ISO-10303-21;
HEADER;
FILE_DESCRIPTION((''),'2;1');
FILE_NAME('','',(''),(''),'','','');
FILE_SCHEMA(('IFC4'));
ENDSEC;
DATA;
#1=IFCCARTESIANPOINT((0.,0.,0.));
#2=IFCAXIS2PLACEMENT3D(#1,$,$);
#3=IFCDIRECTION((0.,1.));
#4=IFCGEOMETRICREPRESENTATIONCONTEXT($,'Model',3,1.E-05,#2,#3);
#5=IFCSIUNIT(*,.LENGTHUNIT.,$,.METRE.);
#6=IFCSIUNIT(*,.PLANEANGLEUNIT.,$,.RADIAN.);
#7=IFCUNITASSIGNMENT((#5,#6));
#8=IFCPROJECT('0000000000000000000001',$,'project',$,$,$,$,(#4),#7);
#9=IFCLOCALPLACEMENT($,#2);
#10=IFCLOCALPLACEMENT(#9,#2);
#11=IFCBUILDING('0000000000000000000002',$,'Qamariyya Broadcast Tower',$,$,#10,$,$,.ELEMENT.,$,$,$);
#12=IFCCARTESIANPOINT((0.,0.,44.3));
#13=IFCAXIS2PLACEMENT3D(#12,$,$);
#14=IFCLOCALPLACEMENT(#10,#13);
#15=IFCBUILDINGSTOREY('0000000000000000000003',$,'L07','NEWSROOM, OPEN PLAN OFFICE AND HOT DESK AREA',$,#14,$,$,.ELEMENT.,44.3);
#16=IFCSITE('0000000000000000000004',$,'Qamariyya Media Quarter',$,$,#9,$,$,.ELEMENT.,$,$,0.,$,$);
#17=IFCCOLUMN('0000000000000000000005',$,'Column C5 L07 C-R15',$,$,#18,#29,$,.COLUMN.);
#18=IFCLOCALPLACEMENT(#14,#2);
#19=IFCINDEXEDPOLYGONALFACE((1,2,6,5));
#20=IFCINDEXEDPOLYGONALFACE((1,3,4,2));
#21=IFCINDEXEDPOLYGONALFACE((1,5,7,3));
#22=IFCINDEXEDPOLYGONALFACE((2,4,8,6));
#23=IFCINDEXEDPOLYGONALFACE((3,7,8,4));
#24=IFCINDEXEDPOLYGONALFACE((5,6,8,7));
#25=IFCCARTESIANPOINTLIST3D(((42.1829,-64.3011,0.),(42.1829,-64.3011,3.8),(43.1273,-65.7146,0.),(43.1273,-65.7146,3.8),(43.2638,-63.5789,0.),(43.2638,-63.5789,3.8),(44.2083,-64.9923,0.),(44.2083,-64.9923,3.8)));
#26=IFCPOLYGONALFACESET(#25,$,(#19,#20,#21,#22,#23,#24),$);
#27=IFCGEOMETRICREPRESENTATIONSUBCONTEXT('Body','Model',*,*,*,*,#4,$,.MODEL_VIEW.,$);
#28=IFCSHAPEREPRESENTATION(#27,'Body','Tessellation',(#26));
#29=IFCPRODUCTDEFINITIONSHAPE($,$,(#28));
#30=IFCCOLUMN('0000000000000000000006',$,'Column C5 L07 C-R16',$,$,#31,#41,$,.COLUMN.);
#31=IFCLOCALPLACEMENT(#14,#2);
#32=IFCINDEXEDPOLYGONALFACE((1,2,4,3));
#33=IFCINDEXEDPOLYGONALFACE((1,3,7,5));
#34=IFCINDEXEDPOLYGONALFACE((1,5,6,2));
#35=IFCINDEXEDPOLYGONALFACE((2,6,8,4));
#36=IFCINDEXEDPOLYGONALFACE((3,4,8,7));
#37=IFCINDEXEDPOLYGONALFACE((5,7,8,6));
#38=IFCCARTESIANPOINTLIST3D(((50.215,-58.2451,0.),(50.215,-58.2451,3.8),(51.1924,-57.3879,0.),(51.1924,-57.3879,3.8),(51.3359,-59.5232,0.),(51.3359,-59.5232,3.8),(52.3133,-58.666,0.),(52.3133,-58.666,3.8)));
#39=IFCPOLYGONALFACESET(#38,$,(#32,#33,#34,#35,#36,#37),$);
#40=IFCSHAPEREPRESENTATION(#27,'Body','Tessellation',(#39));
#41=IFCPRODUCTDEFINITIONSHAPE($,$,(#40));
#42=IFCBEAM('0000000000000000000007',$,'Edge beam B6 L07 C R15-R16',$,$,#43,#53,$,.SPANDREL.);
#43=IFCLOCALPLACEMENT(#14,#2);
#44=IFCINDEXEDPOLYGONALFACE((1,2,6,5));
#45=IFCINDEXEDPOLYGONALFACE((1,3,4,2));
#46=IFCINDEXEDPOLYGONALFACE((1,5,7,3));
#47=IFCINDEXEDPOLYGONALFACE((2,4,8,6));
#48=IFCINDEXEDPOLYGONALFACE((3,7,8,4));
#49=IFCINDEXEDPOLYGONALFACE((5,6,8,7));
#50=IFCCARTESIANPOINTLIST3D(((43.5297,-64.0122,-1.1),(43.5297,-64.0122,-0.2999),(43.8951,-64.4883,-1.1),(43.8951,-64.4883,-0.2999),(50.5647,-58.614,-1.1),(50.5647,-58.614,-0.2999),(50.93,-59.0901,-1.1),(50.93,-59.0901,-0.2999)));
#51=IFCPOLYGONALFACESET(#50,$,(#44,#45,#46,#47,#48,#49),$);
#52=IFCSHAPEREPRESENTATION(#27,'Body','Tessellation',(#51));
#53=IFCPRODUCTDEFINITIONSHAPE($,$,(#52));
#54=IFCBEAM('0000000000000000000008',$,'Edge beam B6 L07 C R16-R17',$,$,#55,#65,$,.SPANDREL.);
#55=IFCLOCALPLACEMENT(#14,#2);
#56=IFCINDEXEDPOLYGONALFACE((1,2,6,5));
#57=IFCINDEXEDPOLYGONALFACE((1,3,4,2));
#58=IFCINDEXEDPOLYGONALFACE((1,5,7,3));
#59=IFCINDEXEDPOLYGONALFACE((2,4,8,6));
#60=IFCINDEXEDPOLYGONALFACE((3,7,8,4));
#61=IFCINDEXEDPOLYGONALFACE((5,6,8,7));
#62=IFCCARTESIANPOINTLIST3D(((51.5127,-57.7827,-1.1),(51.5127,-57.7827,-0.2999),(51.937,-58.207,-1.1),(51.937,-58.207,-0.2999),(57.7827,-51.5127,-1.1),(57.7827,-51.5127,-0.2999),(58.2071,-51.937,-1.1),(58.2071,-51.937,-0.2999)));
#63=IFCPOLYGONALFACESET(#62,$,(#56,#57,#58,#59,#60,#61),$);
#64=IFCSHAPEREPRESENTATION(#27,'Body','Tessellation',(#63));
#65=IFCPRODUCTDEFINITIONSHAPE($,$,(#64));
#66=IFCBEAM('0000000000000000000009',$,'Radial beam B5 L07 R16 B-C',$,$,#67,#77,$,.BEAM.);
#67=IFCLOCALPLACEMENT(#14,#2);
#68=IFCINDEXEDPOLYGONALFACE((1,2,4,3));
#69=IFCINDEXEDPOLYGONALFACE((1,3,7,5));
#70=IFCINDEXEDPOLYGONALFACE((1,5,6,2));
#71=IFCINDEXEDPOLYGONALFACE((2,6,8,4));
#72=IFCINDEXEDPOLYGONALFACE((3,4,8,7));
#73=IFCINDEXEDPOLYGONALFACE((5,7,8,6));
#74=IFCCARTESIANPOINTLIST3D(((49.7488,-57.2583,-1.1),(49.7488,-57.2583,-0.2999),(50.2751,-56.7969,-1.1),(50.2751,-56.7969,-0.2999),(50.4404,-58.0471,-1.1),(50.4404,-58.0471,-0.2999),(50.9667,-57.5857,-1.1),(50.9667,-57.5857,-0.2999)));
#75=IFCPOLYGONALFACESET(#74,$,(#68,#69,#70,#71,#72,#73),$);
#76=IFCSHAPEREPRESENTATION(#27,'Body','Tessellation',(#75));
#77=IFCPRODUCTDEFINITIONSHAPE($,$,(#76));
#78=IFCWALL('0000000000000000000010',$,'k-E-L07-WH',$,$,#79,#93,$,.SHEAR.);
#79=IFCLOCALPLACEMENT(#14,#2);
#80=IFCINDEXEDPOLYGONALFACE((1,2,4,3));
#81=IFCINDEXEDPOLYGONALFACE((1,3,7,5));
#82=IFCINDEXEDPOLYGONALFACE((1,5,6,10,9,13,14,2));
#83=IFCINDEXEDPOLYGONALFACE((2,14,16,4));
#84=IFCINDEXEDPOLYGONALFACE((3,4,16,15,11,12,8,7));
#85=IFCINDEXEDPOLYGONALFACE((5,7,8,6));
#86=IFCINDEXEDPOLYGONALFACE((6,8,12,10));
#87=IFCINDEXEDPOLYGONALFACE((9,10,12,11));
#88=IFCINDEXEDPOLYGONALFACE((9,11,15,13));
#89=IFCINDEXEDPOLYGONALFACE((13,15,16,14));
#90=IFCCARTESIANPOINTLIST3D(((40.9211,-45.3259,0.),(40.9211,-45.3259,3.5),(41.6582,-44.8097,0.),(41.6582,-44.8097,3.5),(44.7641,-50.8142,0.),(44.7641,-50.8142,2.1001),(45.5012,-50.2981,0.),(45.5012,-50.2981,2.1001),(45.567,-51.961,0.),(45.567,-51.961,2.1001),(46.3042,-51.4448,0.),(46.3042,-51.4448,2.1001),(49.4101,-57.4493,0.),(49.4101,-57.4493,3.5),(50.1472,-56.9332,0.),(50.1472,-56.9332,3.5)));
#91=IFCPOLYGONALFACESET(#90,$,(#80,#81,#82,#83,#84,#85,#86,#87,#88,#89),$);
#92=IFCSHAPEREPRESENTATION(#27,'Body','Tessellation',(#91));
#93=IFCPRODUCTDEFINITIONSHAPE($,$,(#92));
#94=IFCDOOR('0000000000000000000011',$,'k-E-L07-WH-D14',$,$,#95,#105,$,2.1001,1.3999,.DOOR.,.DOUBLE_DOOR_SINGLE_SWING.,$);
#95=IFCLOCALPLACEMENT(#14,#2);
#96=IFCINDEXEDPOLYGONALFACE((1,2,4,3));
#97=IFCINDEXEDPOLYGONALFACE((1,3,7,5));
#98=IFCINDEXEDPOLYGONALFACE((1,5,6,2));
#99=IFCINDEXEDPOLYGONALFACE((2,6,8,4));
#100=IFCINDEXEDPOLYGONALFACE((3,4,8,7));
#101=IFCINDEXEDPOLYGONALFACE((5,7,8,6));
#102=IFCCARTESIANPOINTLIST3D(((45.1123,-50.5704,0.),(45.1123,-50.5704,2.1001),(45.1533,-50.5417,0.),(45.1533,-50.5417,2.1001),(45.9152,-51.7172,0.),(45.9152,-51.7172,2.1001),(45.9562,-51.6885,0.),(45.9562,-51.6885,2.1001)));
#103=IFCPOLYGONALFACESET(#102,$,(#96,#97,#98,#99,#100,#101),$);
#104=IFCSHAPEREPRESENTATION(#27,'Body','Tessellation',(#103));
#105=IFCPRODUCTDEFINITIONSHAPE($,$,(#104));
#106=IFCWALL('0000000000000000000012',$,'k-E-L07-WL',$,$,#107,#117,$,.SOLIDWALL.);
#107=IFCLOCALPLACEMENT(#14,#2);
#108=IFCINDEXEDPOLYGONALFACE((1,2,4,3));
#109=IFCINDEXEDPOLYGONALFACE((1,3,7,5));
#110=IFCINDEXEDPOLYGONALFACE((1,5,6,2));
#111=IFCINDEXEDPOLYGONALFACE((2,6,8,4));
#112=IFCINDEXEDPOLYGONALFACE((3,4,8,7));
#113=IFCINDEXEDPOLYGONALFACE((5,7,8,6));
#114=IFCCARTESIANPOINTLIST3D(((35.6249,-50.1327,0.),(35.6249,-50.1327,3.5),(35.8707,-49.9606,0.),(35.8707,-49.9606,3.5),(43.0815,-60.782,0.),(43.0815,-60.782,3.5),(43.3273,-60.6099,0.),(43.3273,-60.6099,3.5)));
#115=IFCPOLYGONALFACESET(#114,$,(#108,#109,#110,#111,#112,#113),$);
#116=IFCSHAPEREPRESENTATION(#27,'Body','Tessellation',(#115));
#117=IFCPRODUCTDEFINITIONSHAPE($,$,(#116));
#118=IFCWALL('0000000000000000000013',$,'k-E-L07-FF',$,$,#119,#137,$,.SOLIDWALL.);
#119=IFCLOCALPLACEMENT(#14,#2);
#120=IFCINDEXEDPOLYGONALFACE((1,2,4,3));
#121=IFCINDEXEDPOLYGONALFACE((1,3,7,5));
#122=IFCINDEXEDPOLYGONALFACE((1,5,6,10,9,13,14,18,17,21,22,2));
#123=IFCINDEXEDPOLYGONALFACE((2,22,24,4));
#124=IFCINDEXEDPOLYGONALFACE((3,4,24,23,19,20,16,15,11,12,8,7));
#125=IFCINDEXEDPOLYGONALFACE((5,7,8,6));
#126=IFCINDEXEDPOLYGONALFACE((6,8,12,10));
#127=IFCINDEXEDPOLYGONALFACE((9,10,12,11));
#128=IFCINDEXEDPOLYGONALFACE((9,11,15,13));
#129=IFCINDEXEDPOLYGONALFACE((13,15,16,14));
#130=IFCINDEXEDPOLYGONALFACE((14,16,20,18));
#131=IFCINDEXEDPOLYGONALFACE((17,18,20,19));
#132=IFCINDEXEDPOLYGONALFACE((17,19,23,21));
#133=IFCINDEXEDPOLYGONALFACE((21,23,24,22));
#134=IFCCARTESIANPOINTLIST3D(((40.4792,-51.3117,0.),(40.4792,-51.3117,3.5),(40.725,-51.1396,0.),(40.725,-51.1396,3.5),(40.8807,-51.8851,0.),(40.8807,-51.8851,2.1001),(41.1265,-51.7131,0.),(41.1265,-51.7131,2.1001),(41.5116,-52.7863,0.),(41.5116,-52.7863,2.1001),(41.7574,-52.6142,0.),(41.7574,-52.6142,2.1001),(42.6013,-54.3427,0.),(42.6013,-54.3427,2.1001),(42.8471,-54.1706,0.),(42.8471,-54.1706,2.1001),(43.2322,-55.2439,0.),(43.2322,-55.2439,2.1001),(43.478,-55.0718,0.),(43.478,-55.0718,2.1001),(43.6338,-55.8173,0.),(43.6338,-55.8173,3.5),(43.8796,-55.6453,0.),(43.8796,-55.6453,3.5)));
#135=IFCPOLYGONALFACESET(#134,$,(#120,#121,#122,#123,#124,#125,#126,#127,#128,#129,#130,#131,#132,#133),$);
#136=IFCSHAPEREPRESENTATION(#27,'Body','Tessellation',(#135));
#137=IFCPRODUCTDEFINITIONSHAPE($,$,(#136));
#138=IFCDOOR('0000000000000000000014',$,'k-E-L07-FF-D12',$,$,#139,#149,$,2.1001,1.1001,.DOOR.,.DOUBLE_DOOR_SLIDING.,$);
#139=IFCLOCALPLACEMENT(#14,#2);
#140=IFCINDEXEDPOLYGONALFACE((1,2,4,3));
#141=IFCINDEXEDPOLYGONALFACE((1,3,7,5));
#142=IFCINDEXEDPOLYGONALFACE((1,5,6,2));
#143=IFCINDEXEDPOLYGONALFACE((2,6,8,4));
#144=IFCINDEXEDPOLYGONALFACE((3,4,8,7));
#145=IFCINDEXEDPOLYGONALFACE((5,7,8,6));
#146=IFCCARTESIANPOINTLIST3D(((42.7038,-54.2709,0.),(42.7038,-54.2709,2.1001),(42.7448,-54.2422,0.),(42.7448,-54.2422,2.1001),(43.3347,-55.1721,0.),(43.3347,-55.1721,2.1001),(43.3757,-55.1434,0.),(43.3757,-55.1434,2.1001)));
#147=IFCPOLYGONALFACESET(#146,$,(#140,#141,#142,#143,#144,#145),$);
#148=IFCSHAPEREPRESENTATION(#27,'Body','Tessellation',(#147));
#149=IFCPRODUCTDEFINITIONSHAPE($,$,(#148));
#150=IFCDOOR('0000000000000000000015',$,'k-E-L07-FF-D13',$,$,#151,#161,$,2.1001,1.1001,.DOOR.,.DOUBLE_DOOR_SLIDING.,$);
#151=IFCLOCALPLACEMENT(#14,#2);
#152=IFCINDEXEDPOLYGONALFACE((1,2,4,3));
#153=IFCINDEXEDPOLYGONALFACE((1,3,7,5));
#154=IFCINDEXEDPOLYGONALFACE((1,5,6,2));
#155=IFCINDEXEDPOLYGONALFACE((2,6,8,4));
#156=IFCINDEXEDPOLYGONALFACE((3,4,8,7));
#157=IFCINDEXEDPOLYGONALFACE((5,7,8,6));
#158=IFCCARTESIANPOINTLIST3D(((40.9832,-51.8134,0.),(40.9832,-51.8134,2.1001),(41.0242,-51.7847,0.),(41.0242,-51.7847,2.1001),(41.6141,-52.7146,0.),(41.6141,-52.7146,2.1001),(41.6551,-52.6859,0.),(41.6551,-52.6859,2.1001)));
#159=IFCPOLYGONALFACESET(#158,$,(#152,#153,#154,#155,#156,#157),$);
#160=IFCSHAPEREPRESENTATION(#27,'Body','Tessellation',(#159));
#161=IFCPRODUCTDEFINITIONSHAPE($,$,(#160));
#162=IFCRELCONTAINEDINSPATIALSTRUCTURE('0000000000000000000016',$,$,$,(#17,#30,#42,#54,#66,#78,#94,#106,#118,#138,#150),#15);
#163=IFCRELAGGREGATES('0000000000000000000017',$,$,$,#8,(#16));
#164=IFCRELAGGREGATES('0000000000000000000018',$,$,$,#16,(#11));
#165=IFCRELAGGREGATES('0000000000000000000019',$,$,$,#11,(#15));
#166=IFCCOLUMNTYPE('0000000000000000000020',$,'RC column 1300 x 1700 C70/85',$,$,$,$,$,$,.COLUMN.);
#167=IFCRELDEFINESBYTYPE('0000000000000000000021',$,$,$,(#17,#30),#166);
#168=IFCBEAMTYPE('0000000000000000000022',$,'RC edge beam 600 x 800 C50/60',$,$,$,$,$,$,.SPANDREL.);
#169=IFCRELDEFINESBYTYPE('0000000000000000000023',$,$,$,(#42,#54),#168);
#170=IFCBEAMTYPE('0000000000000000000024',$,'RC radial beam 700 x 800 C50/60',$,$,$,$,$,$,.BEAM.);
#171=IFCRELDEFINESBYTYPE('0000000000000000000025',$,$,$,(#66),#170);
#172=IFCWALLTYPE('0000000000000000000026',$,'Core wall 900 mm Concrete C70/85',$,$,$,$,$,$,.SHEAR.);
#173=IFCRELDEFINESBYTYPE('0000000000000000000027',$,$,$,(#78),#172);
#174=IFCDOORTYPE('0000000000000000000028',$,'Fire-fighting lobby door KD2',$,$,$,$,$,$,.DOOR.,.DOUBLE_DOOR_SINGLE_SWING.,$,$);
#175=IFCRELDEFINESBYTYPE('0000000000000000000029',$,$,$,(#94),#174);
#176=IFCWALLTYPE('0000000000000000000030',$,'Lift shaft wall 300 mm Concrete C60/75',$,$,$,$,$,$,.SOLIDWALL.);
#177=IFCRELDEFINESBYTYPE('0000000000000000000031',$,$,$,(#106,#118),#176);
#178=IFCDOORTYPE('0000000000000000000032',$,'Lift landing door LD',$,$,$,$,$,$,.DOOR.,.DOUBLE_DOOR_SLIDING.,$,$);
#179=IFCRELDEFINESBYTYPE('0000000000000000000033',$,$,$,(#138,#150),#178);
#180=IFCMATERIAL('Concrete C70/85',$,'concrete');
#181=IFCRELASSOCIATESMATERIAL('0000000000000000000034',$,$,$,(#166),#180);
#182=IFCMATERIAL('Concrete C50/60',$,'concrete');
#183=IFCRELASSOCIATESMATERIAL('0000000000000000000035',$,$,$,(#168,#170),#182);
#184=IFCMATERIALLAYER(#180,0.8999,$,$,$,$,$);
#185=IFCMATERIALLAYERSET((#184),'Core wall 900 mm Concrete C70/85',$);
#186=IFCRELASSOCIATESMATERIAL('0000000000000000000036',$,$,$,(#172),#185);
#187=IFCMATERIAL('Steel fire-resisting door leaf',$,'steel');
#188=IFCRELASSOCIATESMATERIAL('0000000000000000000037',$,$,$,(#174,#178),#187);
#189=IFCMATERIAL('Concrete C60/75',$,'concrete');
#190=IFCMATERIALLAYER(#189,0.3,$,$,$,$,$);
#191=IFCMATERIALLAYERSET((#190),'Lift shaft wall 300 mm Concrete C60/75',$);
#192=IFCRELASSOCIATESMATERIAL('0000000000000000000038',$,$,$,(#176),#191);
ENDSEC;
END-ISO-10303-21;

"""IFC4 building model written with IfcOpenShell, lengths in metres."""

from ifc_helpers import new_model, si_unit, direction, frame, frame_2d, origin, origin_2d, place, context, subcontext, project, spatial, rectangle, extrude, material, layer, layer_set, material_profile, profile_set, type_object, element, fill, save


model = new_model("IFC4")

# Units and contexts
model_context = context("Model", 3, precision=1e-05, world=origin(), true_north=direction((0.0, 1.0)))
body_context = subcontext(model_context, "Body", "Model", "MODEL_VIEW")
ifc_project = project(units=[si_unit("LENGTHUNIT", "METRE"), si_unit("PLANEANGLEUNIT", "RADIAN")], contexts=[model_context])

# Site, building, storey
site_placement = place(None, origin())
site = spatial("IfcSite", under=ifc_project, at=site_placement, Name="Qamariyya Media Quarter", CompositionType="ELEMENT", RefElevation=0.0)
building_placement = place(site_placement, origin())
building = spatial("IfcBuilding", under=site, at=building_placement, Name="Qamariyya Broadcast Tower", CompositionType="ELEMENT")
storey_placement = place(building_placement, frame((0.0, 0.0, 44.3)))
storey = spatial("IfcBuildingStorey", under=building, at=storey_placement, Name="L07", Description="NEWSROOM, OPEN PLAN OFFICE AND HOT DESK AREA", CompositionType="ELEMENT", Elevation=44.3)

# Columns
ifc_material_1 = material(Name="Concrete C70/85", Category="concrete")
ifc_material_profile_1 = material_profile(ifc_material_1, rectangle(XDim=1.3, YDim=1.7, at=origin_2d()))
ifc_profile_set_1 = profile_set([ifc_material_profile_1], Name="Concrete C70/85")
column_type = type_object("IfcColumnType", Name="RC column 1300 x 1700 C70/85", PredefinedType="COLUMN", material=ifc_profile_set_1)
for number, where, z_axis, x_axis, name in (
    (1, (43.1956, -64.6467, 0.0), (0.0, 0.0, 1.0), (0.83147, 0.55557, 0.0), "Column C5 L07 C-R15"),
    (2, (51.2642, -58.4556, 0.0), (0.0, 0.0, 1.0), (0.75184, 0.659346, 0.0), "Column C5 L07 C-R16"),
):
    element("IfcColumn", number, at=place(storey_placement, frame(where, z_axis=z_axis, x_axis=x_axis)), inside=storey, type_object=column_type, Name=name, PredefinedType="COLUMN", context=body_context, shape_type="SweptSolid", body=[
        extrude(rectangle(XDim=1.3, YDim=1.7, at=origin_2d()), origin(), (0.0, 0.0, 1.0), 3.8),
    ])

# Beams
ifc_material_2 = material(Name="Concrete C50/60", Category="concrete")
ifc_material_profile_2 = material_profile(ifc_material_2, rectangle(XDim=0.6001, YDim=0.8, at=origin_2d()))
ifc_profile_set_2 = profile_set([ifc_material_profile_2], Name="Concrete C50/60")
beam_type_1 = type_object("IfcBeamType", Name="RC edge beam 600 x 800 C50/60", PredefinedType="SPANDREL", material=ifc_profile_set_2)
beam_1_placement = place(storey_placement, frame((43.7124, -64.2502, -0.7), z_axis=(0.793347, 0.60877, 0.0), x_axis=(-0.60877, 0.793347, 0.0)))
element("IfcBeam", 3, at=beam_1_placement, inside=storey, type_object=beam_type_1, Name="Edge beam B6 L07 C R15-R16", PredefinedType="SPANDREL", context=body_context, shape_type="SweptSolid", body=[
    extrude(rectangle(XDim=0.6001, YDim=0.8, at=origin_2d()), origin(), (0.0, 0.0, 1.0), 8.8674),
])
beam_2_placement = place(storey_placement, frame((51.7249, -57.9949, -0.7), z_axis=(0.707107, 0.707107, 0.0), x_axis=(-0.707107, 0.707107, 0.0)))
element("IfcBeam", 4, at=beam_2_placement, inside=storey, type_object=beam_type_1, Name="Edge beam B6 L07 C R16-R17", PredefinedType="SPANDREL", context=body_context, shape_type="SweptSolid", body=[
    extrude(rectangle(XDim=0.6001, YDim=0.8, at=origin_2d()), origin(), (0.0, 0.0, 1.0), 8.8672),
])
ifc_material_profile_3 = material_profile(ifc_material_2, rectangle(XDim=0.7, YDim=0.8, at=origin_2d()))
ifc_profile_set_3 = profile_set([ifc_material_profile_3], Name="Concrete C50/60")
beam_type_2 = type_object("IfcBeamType", Name="RC radial beam 700 x 800 C50/60", PredefinedType="BEAM", material=ifc_profile_set_3)
beam_3_placement = place(storey_placement, frame((50.012, -57.0276, -0.7), z_axis=(0.659279, -0.751899, 0.0), x_axis=(0.751899, 0.659279, 0.0)))
element("IfcBeam", 5, at=beam_3_placement, inside=storey, type_object=beam_type_2, Name="Radial beam B5 L07 R16 B-C", PredefinedType="BEAM", context=body_context, shape_type="SweptSolid", body=[
    extrude(rectangle(XDim=0.7, YDim=0.8, at=origin_2d()), origin(), (0.0, 0.0, 1.0), 1.0491),
])

# Wall, opening, door
ifc_layer_1 = layer(ifc_material_1, 0.8999)
ifc_layer_set_1 = layer_set([ifc_layer_1], Name="Core wall 900 mm Concrete C70/85")
wall_type_1 = type_object("IfcWallType", Name="Core wall 900 mm Concrete C70/85", PredefinedType="SHEAR", material=ifc_layer_set_1)
wall_1_placement = place(storey_placement, frame((49.7786, -57.1912, 0.0), z_axis=(0.0, 0.0, 1.0), x_axis=(-0.573577, 0.819151, 0.0)))
wall_1 = element("IfcWall", 6, at=wall_1_placement, inside=storey, type_object=wall_type_1, Name="k-E-L07-WH", PredefinedType="SHEAR", context=body_context, shape_type="SweptSolid", body=[
    extrude(rectangle(XDim=14.8, YDim=0.8999, at=frame_2d((7.3999, 0.0))), origin(), (0.0, 0.0, 1.0), 3.5),
])
opening_1_placement = place(wall_1_placement, frame((6.7, 0.0, 0.0)))
opening_1 = element("IfcOpeningElement", 7, at=opening_1_placement, cuts=wall_1, PredefinedType="OPENING", context=body_context, shape_type="SweptSolid", body=[
    extrude(rectangle(XDim=1.3999, YDim=2.1001, at=frame_2d((0.7, 1.05))), frame((0.0, 0.46, 0.0), z_axis=(0.0, -1.0, 0.0), x_axis=(1.0, 0.0, 0.0)), (0.0, 0.0, 1.0), 0.9199),
])
ifc_material_3 = material(Name="Steel fire-resisting door leaf", Category="steel")
door_type_1 = type_object("IfcDoorType", Name="Fire-fighting lobby door KD2", OperationType="DOUBLE_DOOR_SINGLE_SWING", PredefinedType="DOOR", material=ifc_material_3)
door_1_placement = place(opening_1_placement, origin())
door_1 = element("IfcDoor", 8, at=door_1_placement, inside=storey, type_object=door_type_1, Name="k-E-L07-WH-D14", OperationType="DOUBLE_DOOR_SINGLE_SWING", OverallHeight=2.1001, OverallWidth=1.3999, PredefinedType="DOOR", context=body_context, shape_type="SweptSolid", body=[
    extrude(rectangle(XDim=1.3999, YDim=2.1001, at=frame_2d((0.7, 1.05))), frame((0.0, 0.0249, 0.0), z_axis=(0.0, -1.0, 0.0), x_axis=(1.0, 0.0, 0.0)), (0.0, 0.0, 1.0), 0.05),
])
fill(opening_1, door_1)

# Wall
ifc_material_4 = material(Name="Concrete C60/75", Category="concrete")
ifc_layer_2 = layer(ifc_material_4, 0.3)
ifc_layer_set_2 = layer_set([ifc_layer_2], Name="Lift shaft wall 300 mm Concrete C60/75")
wall_type_2 = type_object("IfcWallType", Name="Lift shaft wall 300 mm Concrete C60/75", PredefinedType="SOLIDWALL", material=ifc_layer_set_2)
wall_2_placement = place(storey_placement, frame((43.2043, -60.6958, 0.0), z_axis=(0.0, 0.0, 1.0), x_axis=(-0.573572, 0.819155, 0.0)))
element("IfcWall", 9, at=wall_2_placement, inside=storey, type_object=wall_type_2, Name="k-E-L07-WL", PredefinedType="SOLIDWALL", context=body_context, shape_type="SweptSolid", body=[
    extrude(rectangle(XDim=13.0002, YDim=0.3, at=frame_2d((6.5, 0.0))), origin(), (0.0, 0.0, 1.0), 3.5),
])

# Wall, openings, doors
wall_3_placement = place(storey_placement, frame((43.7566, -55.7312, 0.0), z_axis=(0.0, 0.0, 1.0), x_axis=(-0.573537, 0.81918, 0.0)))
wall_3 = element("IfcWall", 10, at=wall_3_placement, inside=storey, type_object=wall_type_2, Name="k-E-L07-FF", PredefinedType="SOLIDWALL", context=body_context, shape_type="SweptSolid", body=[
    extrude(rectangle(XDim=5.5002, YDim=0.3, at=frame_2d((2.75, 0.0))), origin(), (0.0, 0.0, 1.0), 3.5),
])
opening_2_placement = place(wall_3_placement, frame((0.7, 0.0, 0.0)))
opening_2 = element("IfcOpeningElement", 11, at=opening_2_placement, cuts=wall_3, PredefinedType="OPENING", context=body_context, shape_type="SweptSolid", body=[
    extrude(rectangle(XDim=1.1001, YDim=2.1001, at=frame_2d((0.55, 1.05))), frame((0.0, 0.1599, 0.0), z_axis=(0.0, -1.0, 0.0), x_axis=(1.0, 0.0, 0.0)), (0.0, 0.0, 1.0), 0.3201),
])
opening_3_placement = place(wall_3_placement, frame((3.7, 0.0, 0.0)))
opening_3 = element("IfcOpeningElement", 12, at=opening_3_placement, cuts=wall_3, PredefinedType="OPENING", context=body_context, shape_type="SweptSolid", body=[
    extrude(rectangle(XDim=1.1001, YDim=2.1001, at=frame_2d((0.55, 1.05))), frame((0.0, 0.1599, 0.0), z_axis=(0.0, -1.0, 0.0), x_axis=(1.0, 0.0, 0.0)), (0.0, 0.0, 1.0), 0.3201),
])
door_type_2 = type_object("IfcDoorType", Name="Lift landing door LD", OperationType="DOUBLE_DOOR_SLIDING", PredefinedType="DOOR", material=ifc_material_3)
door_2_placement = place(opening_2_placement, origin())
door_2 = element("IfcDoor", 13, at=door_2_placement, inside=storey, type_object=door_type_2, Name="k-E-L07-FF-D12", OperationType="DOUBLE_DOOR_SLIDING", OverallHeight=2.1001, OverallWidth=1.1001, PredefinedType="DOOR", context=body_context, shape_type="SweptSolid", body=[
    extrude(rectangle(XDim=1.1001, YDim=2.1001, at=frame_2d((0.55, 1.05))), frame((0.0, 0.0249, 0.0), z_axis=(0.0, -1.0, 0.0), x_axis=(1.0, 0.0, 0.0)), (0.0, 0.0, 1.0), 0.05),
])
fill(opening_2, door_2)
door_3_placement = place(opening_3_placement, origin())
door_3 = element("IfcDoor", 14, at=door_3_placement, inside=storey, type_object=door_type_2, Name="k-E-L07-FF-D13", OperationType="DOUBLE_DOOR_SLIDING", OverallHeight=2.1001, OverallWidth=1.1001, PredefinedType="DOOR", context=body_context, shape_type="SweptSolid", body=[
    extrude(rectangle(XDim=1.1001, YDim=2.1001, at=frame_2d((0.55, 1.05))), frame((0.0, 0.0249, 0.0), z_axis=(0.0, -1.0, 0.0), x_axis=(1.0, 0.0, 0.0)), (0.0, 0.0, 1.0), 0.05),
])
fill(opening_3, door_3)

save(model, "model.ifc")
